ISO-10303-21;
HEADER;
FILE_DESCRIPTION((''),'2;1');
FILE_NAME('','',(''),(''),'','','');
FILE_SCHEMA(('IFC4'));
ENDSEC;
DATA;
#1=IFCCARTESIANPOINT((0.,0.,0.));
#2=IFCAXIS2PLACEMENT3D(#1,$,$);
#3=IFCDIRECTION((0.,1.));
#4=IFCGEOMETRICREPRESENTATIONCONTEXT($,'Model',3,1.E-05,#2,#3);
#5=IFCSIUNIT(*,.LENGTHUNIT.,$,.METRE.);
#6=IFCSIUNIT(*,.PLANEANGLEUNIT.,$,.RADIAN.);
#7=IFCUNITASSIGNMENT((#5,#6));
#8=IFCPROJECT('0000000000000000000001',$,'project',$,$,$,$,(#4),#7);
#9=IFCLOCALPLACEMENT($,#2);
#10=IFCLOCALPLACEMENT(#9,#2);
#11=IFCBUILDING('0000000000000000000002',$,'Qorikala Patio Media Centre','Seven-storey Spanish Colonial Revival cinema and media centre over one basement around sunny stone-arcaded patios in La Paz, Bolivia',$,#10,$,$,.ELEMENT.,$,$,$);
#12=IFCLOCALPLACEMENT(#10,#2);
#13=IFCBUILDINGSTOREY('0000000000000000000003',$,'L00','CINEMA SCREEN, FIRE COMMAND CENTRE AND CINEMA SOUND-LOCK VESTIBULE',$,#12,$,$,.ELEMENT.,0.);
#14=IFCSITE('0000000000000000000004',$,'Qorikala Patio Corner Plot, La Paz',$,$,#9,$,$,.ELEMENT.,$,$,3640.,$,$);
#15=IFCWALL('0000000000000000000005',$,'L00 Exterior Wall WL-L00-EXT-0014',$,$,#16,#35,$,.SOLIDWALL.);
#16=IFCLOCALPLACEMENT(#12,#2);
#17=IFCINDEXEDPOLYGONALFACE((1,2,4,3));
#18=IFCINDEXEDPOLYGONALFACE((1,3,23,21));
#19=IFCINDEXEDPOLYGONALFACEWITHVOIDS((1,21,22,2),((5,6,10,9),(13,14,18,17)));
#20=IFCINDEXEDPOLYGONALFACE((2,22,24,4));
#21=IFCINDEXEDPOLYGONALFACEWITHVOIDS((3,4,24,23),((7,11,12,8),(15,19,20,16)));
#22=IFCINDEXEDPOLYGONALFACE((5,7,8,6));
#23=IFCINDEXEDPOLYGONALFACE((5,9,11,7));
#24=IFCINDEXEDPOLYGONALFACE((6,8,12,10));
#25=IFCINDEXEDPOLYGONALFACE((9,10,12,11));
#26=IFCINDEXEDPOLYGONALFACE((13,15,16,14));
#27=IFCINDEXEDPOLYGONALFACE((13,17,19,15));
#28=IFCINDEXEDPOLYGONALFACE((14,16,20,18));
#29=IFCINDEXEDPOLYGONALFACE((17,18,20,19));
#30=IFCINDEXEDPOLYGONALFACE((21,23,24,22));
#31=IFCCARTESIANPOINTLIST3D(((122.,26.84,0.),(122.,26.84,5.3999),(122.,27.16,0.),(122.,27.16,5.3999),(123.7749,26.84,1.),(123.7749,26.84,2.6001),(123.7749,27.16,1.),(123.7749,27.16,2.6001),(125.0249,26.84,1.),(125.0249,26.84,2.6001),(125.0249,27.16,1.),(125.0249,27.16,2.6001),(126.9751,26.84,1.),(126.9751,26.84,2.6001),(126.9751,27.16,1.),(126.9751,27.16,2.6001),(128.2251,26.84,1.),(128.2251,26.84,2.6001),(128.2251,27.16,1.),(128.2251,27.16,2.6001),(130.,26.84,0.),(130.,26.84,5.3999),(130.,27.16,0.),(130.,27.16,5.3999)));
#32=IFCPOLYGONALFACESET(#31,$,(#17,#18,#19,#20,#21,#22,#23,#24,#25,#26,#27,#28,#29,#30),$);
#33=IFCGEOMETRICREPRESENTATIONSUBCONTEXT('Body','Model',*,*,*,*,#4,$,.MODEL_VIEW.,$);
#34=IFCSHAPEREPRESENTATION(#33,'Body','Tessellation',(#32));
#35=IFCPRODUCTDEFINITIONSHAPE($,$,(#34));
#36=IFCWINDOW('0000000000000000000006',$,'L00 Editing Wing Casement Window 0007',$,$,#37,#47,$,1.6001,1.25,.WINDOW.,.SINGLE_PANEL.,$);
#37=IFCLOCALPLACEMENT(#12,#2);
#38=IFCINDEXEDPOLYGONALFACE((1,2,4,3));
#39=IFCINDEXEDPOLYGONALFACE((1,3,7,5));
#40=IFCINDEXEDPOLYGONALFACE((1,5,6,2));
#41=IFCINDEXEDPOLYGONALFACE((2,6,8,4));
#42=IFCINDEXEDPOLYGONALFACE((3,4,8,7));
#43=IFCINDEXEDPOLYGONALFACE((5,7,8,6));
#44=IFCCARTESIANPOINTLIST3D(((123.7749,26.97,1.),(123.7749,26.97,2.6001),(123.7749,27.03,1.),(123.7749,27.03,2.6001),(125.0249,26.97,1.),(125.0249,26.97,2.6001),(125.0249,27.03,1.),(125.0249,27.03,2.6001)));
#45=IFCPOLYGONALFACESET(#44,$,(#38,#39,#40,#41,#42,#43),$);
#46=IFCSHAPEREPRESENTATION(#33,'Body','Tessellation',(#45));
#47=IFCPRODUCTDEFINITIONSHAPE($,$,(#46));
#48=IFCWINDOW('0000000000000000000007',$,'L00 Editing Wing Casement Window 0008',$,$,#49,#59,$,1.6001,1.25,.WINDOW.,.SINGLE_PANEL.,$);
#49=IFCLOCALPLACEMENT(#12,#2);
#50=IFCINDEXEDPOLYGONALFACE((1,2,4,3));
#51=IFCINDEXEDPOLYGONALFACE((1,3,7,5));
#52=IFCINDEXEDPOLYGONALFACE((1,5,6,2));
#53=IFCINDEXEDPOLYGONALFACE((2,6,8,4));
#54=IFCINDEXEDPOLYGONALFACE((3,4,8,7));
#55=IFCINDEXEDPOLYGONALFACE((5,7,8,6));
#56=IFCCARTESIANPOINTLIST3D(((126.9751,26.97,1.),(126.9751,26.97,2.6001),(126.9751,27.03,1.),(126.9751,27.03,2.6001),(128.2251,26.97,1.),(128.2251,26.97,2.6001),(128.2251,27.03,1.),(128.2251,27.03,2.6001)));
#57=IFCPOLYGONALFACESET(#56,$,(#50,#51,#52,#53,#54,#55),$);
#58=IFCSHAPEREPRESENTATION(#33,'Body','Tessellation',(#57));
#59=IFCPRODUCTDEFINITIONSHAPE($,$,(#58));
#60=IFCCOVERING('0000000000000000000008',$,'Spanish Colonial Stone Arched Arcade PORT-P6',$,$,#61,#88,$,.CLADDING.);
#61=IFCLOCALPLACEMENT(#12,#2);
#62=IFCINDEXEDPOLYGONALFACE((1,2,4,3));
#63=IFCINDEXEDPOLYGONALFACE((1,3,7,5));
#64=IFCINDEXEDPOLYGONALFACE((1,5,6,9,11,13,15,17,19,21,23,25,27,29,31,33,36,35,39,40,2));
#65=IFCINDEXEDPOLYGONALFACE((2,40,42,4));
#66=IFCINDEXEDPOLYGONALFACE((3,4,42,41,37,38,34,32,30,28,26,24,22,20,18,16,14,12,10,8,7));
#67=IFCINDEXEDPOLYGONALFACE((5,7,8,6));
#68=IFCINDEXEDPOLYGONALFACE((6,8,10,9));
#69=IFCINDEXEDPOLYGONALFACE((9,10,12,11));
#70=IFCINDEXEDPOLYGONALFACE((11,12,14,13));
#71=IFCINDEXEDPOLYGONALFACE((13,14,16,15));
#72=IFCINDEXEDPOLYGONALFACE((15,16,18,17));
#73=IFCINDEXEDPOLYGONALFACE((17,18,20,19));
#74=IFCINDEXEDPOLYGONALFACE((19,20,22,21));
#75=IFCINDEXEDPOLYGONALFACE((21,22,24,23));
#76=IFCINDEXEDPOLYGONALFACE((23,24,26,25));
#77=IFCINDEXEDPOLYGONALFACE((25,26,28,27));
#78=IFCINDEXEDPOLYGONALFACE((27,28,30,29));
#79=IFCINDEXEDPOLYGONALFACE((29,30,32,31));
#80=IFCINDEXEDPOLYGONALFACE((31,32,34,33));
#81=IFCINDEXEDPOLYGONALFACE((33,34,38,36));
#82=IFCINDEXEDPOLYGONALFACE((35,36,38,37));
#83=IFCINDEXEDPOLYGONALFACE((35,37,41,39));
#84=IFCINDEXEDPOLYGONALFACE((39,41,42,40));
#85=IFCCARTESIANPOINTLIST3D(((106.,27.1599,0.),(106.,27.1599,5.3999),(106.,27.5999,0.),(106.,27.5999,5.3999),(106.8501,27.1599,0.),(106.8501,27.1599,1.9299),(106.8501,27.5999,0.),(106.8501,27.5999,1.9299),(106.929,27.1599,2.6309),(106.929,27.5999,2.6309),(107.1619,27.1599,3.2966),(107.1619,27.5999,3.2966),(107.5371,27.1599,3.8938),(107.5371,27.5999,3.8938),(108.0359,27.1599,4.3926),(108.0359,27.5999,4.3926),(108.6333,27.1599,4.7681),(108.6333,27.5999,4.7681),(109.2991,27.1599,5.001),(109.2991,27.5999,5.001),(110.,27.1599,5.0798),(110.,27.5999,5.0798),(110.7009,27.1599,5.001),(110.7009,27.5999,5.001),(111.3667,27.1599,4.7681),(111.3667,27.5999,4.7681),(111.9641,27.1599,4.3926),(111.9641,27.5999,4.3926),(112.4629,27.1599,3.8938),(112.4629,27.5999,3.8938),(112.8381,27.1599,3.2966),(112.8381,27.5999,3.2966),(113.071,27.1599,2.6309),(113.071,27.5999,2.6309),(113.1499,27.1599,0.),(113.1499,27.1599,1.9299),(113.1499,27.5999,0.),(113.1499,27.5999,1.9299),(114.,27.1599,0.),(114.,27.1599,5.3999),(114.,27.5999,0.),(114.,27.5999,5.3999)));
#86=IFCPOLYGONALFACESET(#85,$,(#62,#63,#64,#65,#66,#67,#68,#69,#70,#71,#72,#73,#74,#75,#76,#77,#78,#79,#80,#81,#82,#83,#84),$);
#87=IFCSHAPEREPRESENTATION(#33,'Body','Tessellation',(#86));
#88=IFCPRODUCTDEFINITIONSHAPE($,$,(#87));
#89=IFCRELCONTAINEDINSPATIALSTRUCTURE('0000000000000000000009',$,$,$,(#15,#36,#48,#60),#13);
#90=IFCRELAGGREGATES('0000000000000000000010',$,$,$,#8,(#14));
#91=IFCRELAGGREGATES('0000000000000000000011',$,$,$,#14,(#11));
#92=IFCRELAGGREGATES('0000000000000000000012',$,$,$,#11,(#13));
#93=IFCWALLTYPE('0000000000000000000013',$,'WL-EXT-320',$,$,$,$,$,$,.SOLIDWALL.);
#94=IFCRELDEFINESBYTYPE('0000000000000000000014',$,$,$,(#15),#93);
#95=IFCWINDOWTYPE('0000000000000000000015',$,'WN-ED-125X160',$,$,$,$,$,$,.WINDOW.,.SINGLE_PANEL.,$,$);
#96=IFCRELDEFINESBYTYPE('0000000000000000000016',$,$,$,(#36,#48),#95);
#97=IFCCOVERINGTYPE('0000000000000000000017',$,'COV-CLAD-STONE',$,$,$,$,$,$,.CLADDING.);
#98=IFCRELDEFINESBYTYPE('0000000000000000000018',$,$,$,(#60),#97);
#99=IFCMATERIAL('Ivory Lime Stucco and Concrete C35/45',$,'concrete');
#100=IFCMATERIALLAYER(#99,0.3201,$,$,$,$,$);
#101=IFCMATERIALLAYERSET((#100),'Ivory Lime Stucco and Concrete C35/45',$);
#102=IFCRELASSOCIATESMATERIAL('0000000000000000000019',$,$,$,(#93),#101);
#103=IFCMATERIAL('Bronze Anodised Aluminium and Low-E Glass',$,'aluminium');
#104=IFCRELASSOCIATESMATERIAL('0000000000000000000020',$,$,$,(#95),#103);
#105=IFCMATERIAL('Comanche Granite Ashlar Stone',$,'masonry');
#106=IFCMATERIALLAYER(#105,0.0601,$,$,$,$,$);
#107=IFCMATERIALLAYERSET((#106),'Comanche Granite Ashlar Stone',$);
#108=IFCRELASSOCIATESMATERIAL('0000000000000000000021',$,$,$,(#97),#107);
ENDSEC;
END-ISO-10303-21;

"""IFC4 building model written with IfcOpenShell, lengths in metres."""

from ifc_helpers import new_model, si_unit, direction, frame, frame_2d, origin, place, context, subcontext, project, spatial, polyline, rectangle, outline, extrude, material, layer, layer_set, type_object, element, fill, save


model = new_model("IFC4")

# Units and contexts
model_context = context("Model", 3, precision=1e-05, world=origin(), true_north=direction((0.0, 1.0)))
body_context = subcontext(model_context, "Body", "Model", "MODEL_VIEW")
ifc_project = project(units=[si_unit("LENGTHUNIT", "METRE"), si_unit("PLANEANGLEUNIT", "RADIAN")], contexts=[model_context])

# Site, building, storey
site_placement = place(None, origin())
site = spatial("IfcSite", under=ifc_project, at=site_placement, Name="Qorikala Patio Corner Plot, La Paz", CompositionType="ELEMENT", RefElevation=3640.0)
building_placement = place(site_placement, origin())
building = spatial("IfcBuilding", under=site, at=building_placement, Name="Qorikala Patio Media Centre", Description="Seven-storey Spanish Colonial Revival cinema and media centre over one basement around sunny stone-arcaded patios in La Paz, Bolivia", CompositionType="ELEMENT")
storey_placement = place(building_placement, origin())
storey = spatial("IfcBuildingStorey", under=building, at=storey_placement, Name="L00", Description="CINEMA SCREEN, FIRE COMMAND CENTRE AND CINEMA SOUND-LOCK VESTIBULE", CompositionType="ELEMENT", Elevation=0.0)

# Wall, openings, windows
ifc_material_1 = material(Name="Ivory Lime Stucco and Concrete C35/45", Category="concrete")
ifc_layer_1 = layer(ifc_material_1, 0.3201)
ifc_layer_set_1 = layer_set([ifc_layer_1], Name="Ivory Lime Stucco and Concrete C35/45")
wall_type = type_object("IfcWallType", Name="WL-EXT-320", PredefinedType="SOLIDWALL", material=ifc_layer_set_1)
ifc_material_2 = material(Name="Bronze Anodised Aluminium and Low-E Glass", Category="aluminium")
wall_1_placement = place(storey_placement, frame((122.0, 27.0, 0.0), z_axis=(0.0, 0.0, 1.0), x_axis=(1.0, 0.0, 0.0)))
wall_1 = element("IfcWall", 1, at=wall_1_placement, inside=storey, type_object=wall_type, Name="L00 Exterior Wall WL-L00-EXT-0014", PredefinedType="SOLIDWALL", context=body_context, shape_type="SweptSolid", body=[
    extrude(rectangle(XDim=8.0, YDim=0.3201, at=frame_2d((4.0, 0.0))), origin(), (0.0, 0.0, 1.0), 5.3999),
])
opening_1_placement = place(wall_1_placement, frame((1.7749, 0.0, 1.0)))
opening_1 = element("IfcOpeningElement", 2, at=opening_1_placement, cuts=wall_1, PredefinedType="OPENING", context=body_context, shape_type="SweptSolid", body=[
    extrude(rectangle(XDim=1.25, YDim=1.6001, at=frame_2d((0.625, 0.8))), frame((0.0, 0.1699, 0.0), z_axis=(0.0, -1.0, 0.0), x_axis=(1.0, 0.0, 0.0)), (0.0, 0.0, 1.0), 0.3401),
])
opening_2_placement = place(wall_1_placement, frame((4.9751, 0.0, 1.0)))
opening_2 = element("IfcOpeningElement", 3, at=opening_2_placement, cuts=wall_1, PredefinedType="OPENING", context=body_context, shape_type="SweptSolid", body=[
    extrude(rectangle(XDim=1.25, YDim=1.6001, at=frame_2d((0.625, 0.8))), frame((0.0, 0.1699, 0.0), z_axis=(0.0, -1.0, 0.0), x_axis=(1.0, 0.0, 0.0)), (0.0, 0.0, 1.0), 0.3401),
])
window_type_1 = type_object("IfcWindowType", Name="WN-ED-125X160", PartitioningType="SINGLE_PANEL", PredefinedType="WINDOW", material=ifc_material_2)
window_1_placement = place(opening_1_placement, origin())
window_1 = element("IfcWindow", 4, at=window_1_placement, inside=storey, type_object=window_type_1, Name="L00 Editing Wing Casement Window 0007", OverallHeight=1.6001, OverallWidth=1.25, PartitioningType="SINGLE_PANEL", PredefinedType="WINDOW", context=body_context, shape_type="SweptSolid", body=[
    extrude(rectangle(XDim=1.25, YDim=1.6001, at=frame_2d((0.625, 0.8))), frame((0.0, 0.03, 0.0), z_axis=(0.0, -1.0, 0.0), x_axis=(1.0, 0.0, 0.0)), (0.0, 0.0, 1.0), 0.0601),
])
fill(opening_1, window_1)
window_2_placement = place(opening_2_placement, origin())
window_2 = element("IfcWindow", 5, at=window_2_placement, inside=storey, type_object=window_type_1, Name="L00 Editing Wing Casement Window 0008", OverallHeight=1.6001, OverallWidth=1.25, PartitioningType="SINGLE_PANEL", PredefinedType="WINDOW", context=body_context, shape_type="SweptSolid", body=[
    extrude(rectangle(XDim=1.25, YDim=1.6001, at=frame_2d((0.625, 0.8))), frame((0.0, 0.03, 0.0), z_axis=(0.0, -1.0, 0.0), x_axis=(1.0, 0.0, 0.0)), (0.0, 0.0, 1.0), 0.0601),
])
fill(opening_2, window_2)

# Covering
ifc_material_3 = material(Name="Comanche Granite Ashlar Stone", Category="masonry")
ifc_layer_2 = layer(ifc_material_3, 0.0601)
ifc_layer_set_2 = layer_set([ifc_layer_2], Name="Comanche Granite Ashlar Stone")
covering_type = type_object("IfcCoveringType", Name="COV-CLAD-STONE", PredefinedType="CLADDING", material=ifc_layer_set_2)
covering_placement = place(storey_placement, frame((106.0, 27.3799, 0.0), z_axis=(0.0, 0.0, 1.0), x_axis=(1.0, 0.0, 0.0)))
element("IfcCovering", 6, at=covering_placement, inside=storey, type_object=covering_type, Name="Spanish Colonial Stone Arched Arcade PORT-P6", PredefinedType="CLADDING", context=body_context, shape_type="SweptSolid", body=[
    extrude(outline(polyline([(0.0, 0.0), (0.8501, 0.0), (0.8501, 1.9299), (0.929, 2.6309), (1.1619, 3.2966), (1.5371, 3.8938), (2.0359, 4.3926), (2.6333, 4.7681), (3.2991, 5.001), (4.0, 5.0798), (4.7009, 5.001), (5.3667, 4.7681), (5.9641, 4.3926), (6.4629, 3.8938), (6.8381, 3.2966), (7.071, 2.6309), (7.1499, 1.9299), (7.1499, 0.0), (8.0, 0.0), (8.0, 5.3999), (0.0, 5.3999), (0.0, 0.0)])), frame((0.0, 0.22, 0.0), z_axis=(0.0, -1.0, 0.0), x_axis=(1.0, 0.0, 0.0)), (0.0, 0.0, 1.0), 0.4399),
])

save(model, "model.ifc")
